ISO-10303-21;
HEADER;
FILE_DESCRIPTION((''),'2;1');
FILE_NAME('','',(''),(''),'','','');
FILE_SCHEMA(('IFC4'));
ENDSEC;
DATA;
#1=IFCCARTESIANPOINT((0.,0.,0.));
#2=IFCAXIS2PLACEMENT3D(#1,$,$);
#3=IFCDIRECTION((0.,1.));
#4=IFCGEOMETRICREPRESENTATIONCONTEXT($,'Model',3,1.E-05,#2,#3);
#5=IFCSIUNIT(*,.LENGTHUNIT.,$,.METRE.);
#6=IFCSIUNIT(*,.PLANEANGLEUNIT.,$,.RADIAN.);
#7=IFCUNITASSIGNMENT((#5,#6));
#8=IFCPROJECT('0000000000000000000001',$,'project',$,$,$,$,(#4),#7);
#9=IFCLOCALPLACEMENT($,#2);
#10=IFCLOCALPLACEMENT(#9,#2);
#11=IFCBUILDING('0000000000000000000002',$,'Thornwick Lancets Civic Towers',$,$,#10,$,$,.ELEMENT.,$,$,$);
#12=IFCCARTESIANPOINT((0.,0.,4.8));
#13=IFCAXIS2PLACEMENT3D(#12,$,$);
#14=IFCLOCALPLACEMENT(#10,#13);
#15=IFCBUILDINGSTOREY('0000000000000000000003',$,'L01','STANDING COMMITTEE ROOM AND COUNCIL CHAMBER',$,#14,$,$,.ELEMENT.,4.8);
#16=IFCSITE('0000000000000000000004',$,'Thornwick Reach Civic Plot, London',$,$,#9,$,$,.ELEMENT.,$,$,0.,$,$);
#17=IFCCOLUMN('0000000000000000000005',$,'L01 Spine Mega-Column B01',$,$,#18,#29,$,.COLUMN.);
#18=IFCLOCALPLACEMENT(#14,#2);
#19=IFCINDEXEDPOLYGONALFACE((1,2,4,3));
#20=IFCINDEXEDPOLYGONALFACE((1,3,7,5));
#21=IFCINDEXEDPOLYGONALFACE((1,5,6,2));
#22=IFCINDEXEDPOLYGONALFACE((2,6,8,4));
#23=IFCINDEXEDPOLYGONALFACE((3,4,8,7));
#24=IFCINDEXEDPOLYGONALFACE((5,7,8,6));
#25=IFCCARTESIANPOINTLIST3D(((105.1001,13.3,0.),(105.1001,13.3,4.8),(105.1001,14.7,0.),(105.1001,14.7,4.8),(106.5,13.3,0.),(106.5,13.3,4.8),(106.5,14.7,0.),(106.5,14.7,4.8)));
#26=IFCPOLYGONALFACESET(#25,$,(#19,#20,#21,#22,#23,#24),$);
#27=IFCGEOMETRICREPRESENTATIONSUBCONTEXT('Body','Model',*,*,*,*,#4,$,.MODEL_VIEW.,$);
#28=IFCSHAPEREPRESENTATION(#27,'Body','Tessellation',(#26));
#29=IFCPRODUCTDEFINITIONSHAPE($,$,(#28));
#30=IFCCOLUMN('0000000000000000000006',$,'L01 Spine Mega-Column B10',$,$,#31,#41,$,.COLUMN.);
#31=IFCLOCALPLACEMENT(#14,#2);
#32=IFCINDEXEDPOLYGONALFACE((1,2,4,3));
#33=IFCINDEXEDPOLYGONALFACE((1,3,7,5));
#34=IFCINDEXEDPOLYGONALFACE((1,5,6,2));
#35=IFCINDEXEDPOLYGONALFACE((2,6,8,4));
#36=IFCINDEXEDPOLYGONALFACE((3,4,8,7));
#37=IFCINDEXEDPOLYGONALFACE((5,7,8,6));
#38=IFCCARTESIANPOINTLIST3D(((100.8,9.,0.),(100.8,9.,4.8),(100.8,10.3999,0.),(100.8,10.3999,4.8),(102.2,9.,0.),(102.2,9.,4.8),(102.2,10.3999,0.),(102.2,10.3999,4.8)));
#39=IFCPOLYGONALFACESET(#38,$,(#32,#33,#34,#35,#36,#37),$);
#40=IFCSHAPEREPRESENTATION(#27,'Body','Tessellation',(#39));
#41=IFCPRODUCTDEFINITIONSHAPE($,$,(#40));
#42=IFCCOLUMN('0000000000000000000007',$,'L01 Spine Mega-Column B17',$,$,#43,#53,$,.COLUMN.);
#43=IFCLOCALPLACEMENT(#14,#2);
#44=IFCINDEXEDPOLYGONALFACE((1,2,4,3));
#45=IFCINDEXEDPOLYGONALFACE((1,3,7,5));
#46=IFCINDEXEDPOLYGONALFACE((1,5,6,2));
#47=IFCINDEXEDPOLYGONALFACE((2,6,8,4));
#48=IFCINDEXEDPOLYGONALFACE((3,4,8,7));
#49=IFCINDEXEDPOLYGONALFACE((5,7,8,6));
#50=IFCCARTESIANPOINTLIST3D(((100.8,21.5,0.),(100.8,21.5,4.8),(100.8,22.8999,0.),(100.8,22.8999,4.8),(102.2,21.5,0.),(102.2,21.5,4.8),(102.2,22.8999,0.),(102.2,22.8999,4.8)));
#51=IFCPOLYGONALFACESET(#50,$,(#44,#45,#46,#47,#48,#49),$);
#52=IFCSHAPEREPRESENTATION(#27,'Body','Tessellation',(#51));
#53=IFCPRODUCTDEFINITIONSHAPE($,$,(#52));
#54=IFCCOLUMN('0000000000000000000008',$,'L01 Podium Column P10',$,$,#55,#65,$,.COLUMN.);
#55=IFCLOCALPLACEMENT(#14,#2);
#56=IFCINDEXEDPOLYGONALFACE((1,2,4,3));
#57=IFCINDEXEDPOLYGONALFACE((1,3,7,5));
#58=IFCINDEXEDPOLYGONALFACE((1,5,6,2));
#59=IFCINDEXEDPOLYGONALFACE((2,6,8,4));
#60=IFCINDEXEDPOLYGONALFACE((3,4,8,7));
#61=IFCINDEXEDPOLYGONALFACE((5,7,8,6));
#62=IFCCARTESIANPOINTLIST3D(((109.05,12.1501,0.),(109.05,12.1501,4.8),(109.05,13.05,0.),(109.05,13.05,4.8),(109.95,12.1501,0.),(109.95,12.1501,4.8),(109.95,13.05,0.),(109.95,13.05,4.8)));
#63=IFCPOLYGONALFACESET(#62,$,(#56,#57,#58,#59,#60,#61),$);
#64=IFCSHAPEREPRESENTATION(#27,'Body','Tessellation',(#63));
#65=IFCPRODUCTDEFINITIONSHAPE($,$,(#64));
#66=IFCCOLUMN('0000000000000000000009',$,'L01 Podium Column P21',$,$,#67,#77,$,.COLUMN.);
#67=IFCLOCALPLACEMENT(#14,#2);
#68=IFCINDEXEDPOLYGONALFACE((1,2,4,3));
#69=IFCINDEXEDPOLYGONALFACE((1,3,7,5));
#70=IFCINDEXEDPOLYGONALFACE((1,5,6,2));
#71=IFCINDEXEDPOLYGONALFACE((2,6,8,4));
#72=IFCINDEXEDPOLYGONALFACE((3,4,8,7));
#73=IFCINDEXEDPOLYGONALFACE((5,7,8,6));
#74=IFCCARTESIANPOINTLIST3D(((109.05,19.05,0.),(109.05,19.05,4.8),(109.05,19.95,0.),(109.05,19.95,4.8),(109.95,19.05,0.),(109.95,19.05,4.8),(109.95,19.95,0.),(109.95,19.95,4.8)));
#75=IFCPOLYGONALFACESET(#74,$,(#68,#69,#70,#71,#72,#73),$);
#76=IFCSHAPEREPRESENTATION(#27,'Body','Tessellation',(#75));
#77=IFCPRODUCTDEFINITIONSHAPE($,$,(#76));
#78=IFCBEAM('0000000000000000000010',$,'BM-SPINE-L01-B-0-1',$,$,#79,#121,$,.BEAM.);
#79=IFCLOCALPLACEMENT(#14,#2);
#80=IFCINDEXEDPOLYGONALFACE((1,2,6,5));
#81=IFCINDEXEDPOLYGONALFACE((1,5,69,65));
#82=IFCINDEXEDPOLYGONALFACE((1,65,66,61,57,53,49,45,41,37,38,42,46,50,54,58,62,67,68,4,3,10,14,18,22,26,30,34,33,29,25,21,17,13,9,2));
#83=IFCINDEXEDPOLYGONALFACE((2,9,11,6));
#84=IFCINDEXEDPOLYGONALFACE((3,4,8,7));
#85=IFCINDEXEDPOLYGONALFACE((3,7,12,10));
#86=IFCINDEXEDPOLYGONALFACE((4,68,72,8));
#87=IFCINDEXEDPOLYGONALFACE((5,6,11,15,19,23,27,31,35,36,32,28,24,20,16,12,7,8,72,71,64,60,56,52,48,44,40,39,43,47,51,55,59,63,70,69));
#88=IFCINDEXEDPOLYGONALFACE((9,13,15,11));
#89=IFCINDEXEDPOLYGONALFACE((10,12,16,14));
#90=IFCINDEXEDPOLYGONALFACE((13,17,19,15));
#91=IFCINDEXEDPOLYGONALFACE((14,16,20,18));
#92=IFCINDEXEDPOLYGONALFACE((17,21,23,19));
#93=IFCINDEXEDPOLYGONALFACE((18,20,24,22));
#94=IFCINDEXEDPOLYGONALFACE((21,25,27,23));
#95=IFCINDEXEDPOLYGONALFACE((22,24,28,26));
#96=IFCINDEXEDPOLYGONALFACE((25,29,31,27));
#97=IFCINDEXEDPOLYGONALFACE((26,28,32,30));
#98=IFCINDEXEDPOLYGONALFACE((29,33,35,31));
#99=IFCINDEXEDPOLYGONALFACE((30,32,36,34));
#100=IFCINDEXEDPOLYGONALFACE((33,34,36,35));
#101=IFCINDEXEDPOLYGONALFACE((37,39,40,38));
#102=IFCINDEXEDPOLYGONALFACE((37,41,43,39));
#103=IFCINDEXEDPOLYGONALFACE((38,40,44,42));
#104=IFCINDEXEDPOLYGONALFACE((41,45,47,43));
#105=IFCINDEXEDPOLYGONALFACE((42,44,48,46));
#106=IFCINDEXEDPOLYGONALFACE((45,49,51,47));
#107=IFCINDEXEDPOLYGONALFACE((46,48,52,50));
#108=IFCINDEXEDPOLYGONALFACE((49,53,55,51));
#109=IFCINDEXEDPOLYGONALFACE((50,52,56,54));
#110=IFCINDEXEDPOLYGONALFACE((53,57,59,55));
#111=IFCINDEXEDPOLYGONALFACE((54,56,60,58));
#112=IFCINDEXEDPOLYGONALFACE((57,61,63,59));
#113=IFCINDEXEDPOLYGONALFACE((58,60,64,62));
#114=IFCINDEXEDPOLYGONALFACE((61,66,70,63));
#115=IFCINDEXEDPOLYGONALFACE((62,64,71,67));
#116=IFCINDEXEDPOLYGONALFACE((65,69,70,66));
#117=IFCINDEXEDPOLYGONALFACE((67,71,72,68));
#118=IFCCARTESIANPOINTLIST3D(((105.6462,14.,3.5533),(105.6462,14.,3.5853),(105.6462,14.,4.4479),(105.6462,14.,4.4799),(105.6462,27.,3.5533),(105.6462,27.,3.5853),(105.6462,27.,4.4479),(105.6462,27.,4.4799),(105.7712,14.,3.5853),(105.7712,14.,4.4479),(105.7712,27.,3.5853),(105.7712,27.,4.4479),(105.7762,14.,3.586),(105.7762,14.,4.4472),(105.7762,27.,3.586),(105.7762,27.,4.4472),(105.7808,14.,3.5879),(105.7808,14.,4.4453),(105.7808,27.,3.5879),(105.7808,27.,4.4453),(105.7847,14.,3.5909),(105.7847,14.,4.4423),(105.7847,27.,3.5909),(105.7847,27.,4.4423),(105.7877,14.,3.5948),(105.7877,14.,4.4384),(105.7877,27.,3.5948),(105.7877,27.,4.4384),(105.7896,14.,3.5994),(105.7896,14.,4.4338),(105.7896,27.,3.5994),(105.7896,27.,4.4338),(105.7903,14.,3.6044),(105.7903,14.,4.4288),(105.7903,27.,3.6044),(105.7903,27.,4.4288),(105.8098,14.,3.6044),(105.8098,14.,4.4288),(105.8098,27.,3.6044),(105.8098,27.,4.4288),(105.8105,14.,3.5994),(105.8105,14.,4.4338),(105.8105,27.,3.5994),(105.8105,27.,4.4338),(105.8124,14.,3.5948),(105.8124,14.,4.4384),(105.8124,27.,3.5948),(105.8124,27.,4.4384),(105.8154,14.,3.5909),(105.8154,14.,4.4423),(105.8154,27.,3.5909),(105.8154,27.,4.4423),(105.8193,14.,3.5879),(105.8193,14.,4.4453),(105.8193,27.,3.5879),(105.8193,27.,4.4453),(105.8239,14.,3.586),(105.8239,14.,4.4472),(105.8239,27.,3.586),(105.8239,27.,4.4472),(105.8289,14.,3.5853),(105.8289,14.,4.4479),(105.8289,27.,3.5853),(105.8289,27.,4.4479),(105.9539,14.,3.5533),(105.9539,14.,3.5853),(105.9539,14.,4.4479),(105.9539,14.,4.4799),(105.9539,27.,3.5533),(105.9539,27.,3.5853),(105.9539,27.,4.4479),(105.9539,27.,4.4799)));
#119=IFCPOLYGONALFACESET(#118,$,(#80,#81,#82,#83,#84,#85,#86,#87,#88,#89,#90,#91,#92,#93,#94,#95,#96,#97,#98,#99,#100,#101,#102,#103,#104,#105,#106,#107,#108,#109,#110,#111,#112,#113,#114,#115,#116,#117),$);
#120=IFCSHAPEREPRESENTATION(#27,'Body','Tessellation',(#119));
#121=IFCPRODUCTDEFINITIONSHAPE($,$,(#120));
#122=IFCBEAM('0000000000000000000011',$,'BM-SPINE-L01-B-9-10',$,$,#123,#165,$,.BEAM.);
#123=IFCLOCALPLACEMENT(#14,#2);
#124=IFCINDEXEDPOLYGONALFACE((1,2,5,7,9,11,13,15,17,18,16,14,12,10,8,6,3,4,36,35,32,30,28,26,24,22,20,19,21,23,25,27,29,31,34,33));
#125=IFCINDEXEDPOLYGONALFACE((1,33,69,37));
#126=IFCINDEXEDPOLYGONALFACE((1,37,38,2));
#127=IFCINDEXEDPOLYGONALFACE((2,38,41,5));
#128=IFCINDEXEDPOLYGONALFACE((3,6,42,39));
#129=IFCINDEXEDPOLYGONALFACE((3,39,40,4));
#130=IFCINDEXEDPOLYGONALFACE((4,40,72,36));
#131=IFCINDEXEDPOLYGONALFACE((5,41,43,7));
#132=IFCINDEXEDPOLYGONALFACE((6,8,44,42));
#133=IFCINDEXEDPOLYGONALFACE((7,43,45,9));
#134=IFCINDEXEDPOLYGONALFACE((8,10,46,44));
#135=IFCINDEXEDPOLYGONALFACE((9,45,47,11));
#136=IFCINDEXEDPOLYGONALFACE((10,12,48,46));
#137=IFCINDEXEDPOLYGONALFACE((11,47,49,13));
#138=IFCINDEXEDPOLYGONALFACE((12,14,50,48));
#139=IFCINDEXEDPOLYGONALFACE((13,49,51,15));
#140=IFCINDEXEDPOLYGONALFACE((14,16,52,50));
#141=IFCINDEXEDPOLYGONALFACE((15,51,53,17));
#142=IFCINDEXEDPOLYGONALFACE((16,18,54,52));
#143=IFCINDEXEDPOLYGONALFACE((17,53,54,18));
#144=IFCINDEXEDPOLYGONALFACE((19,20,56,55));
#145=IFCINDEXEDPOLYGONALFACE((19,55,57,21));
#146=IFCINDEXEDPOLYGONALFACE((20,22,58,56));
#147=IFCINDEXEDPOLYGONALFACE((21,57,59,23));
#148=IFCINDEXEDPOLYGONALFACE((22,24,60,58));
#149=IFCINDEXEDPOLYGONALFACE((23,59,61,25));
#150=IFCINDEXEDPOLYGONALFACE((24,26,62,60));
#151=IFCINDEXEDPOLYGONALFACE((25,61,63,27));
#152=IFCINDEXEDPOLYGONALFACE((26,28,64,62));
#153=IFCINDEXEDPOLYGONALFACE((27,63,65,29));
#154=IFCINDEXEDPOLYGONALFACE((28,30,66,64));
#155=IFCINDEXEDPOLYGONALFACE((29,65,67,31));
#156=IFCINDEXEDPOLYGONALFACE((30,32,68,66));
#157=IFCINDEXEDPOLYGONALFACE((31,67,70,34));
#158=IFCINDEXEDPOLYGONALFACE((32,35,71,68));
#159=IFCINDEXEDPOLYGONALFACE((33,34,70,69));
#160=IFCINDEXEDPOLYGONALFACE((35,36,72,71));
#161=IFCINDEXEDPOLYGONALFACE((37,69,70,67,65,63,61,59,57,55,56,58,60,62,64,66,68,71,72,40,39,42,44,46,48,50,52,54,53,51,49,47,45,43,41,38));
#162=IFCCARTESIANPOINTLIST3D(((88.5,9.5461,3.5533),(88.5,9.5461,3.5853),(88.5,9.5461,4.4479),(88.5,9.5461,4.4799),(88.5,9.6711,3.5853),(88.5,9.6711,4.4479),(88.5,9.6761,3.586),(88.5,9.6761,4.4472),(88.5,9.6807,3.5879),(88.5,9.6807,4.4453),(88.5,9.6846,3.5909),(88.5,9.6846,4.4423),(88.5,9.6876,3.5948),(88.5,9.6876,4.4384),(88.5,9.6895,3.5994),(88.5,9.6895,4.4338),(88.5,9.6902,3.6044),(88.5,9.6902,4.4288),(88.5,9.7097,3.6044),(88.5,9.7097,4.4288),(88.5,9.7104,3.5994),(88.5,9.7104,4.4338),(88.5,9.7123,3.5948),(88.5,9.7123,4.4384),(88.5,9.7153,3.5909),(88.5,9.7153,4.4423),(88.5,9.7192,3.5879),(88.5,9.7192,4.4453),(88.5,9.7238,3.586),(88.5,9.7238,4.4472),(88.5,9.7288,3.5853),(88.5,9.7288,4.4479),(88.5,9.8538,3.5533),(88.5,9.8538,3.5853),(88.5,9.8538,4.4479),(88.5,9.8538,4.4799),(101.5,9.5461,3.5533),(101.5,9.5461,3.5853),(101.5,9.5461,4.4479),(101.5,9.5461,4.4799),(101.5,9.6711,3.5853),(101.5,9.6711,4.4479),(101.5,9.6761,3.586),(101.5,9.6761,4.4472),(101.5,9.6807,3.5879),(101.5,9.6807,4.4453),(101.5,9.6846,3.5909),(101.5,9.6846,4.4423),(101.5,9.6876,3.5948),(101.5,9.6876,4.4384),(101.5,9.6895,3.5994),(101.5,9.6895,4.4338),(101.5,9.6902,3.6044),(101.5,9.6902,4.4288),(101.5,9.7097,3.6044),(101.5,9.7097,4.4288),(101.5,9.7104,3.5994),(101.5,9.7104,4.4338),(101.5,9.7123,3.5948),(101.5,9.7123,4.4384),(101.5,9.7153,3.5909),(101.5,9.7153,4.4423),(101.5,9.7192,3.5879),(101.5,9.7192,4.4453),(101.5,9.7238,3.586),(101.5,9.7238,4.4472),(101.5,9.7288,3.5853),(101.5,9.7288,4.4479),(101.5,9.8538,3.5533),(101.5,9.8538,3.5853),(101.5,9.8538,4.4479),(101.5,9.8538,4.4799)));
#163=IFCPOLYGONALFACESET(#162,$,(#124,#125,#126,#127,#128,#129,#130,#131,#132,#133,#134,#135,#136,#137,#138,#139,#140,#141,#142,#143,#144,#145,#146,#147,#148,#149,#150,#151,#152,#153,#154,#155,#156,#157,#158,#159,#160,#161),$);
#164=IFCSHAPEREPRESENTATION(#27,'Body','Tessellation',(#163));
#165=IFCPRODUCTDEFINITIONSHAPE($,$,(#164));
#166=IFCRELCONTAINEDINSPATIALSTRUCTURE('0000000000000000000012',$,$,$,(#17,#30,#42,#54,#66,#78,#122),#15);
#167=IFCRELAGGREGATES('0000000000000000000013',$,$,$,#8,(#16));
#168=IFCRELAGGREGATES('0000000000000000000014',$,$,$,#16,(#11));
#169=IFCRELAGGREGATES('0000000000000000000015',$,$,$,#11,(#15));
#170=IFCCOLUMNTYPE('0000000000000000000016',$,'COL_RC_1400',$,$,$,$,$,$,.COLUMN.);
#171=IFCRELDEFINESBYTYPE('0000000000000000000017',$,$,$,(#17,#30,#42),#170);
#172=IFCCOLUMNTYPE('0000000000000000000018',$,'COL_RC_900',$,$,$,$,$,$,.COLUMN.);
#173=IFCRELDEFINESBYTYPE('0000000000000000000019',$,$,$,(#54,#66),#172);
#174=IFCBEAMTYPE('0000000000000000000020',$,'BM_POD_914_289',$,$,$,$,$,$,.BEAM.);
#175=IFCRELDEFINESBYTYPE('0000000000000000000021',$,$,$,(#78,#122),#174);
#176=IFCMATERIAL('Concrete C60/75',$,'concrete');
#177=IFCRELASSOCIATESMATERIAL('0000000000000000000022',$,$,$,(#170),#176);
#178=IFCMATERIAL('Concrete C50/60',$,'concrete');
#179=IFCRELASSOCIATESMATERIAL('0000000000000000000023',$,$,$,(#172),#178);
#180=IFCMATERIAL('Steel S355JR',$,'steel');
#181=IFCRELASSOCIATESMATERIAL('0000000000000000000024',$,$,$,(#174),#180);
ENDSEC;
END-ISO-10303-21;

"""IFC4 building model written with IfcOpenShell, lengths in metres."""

from ifc_helpers import new_model, si_unit, direction, frame, origin, origin_2d, place, context, subcontext, project, spatial, rectangle, i_section, extrude, material, material_profile, profile_set, type_object, element, save


model = new_model("IFC4")

# Units and contexts
model_context = context("Model", 3, precision=1e-05, world=origin(), true_north=direction((0.0, 1.0)))
body_context = subcontext(model_context, "Body", "Model", "MODEL_VIEW")
ifc_project = project(units=[si_unit("LENGTHUNIT", "METRE"), si_unit("PLANEANGLEUNIT", "RADIAN")], contexts=[model_context])

# Site, building, storey
site_placement = place(None, origin())
site = spatial("IfcSite", under=ifc_project, at=site_placement, Name="Thornwick Reach Civic Plot, London", CompositionType="ELEMENT", RefElevation=0.0)
building_placement = place(site_placement, origin())
building = spatial("IfcBuilding", under=site, at=building_placement, Name="Thornwick Lancets Civic Towers", CompositionType="ELEMENT")
storey_placement = place(building_placement, frame((0.0, 0.0, 4.8)))
storey = spatial("IfcBuildingStorey", under=building, at=storey_placement, Name="L01", Description="STANDING COMMITTEE ROOM AND COUNCIL CHAMBER", CompositionType="ELEMENT", Elevation=4.8)

# Columns
ifc_material_1 = material(Name="Concrete C60/75", Category="concrete")
ifc_material_profile_1 = material_profile(ifc_material_1, rectangle(XDim=1.3999, YDim=1.3999, at=origin_2d()), Name="RC 1400x1400")
ifc_profile_set_1 = profile_set([ifc_material_profile_1], Name="Concrete C60/75")
column_type_1 = type_object("IfcColumnType", Name="COL_RC_1400", PredefinedType="COLUMN", material=ifc_profile_set_1)
for number, where, z_axis, x_axis, name in (
    (1, (105.8, 14.0, 0.0), (0.0, 0.0, 1.0), (1.0, 0.0, 0.0), "L01 Spine Mega-Column B01"),
    (2, (101.5, 9.7, 0.0), (0.0, 0.0, 1.0), (1.0, 0.0, 0.0), "L01 Spine Mega-Column B10"),
    (3, (101.5, 22.2, 0.0), (0.0, 0.0, 1.0), (1.0, 0.0, 0.0), "L01 Spine Mega-Column B17"),
):
    element("IfcColumn", number, at=place(storey_placement, frame(where, z_axis=z_axis, x_axis=x_axis)), inside=storey, type_object=column_type_1, Name=name, PredefinedType="COLUMN", context=body_context, shape_type="SweptSolid", body=[
        extrude(rectangle(XDim=1.3999, YDim=1.3999, at=origin_2d()), origin(), (0.0, 0.0, 1.0), 4.8),
    ])
ifc_material_2 = material(Name="Concrete C50/60", Category="concrete")
ifc_material_profile_2 = material_profile(ifc_material_2, rectangle(XDim=0.8999, YDim=0.8999, at=origin_2d()), Name="RC 900x900")
ifc_profile_set_2 = profile_set([ifc_material_profile_2], Name="Concrete C50/60")
column_type_2 = type_object("IfcColumnType", Name="COL_RC_900", PredefinedType="COLUMN", material=ifc_profile_set_2)
for number, where, z_axis, x_axis, name in (
    (4, (109.5, 12.6001, 0.0), (0.0, 0.0, 1.0), (1.0, 0.0, 0.0), "L01 Podium Column P10"),
    (5, (109.5, 19.5, 0.0), (0.0, 0.0, 1.0), (1.0, 0.0, 0.0), "L01 Podium Column P21"),
):
    element("IfcColumn", number, at=place(storey_placement, frame(where, z_axis=z_axis, x_axis=x_axis)), inside=storey, type_object=column_type_2, Name=name, PredefinedType="COLUMN", context=body_context, shape_type="SweptSolid", body=[
        extrude(rectangle(XDim=0.8999, YDim=0.8999, at=origin_2d()), origin(), (0.0, 0.0, 1.0), 4.8),
    ])

# Beams
ifc_material_3 = material(Name="Steel S355JR", Category="steel")
ifc_material_profile_3 = material_profile(ifc_material_3, i_section(OverallWidth=0.3076, OverallDepth=0.9265, WebThickness=0.0195, FlangeThickness=0.032, FilletRadius=0.019, at=origin_2d()), Name="UKB 914x305x289")
ifc_profile_set_3 = profile_set([ifc_material_profile_3], Name="Steel S355JR")
beam_type_1 = type_object("IfcBeamType", Name="BM_POD_914_289", PredefinedType="BEAM", material=ifc_profile_set_3)
for number, where, z_axis, x_axis, name in (
    (6, (105.8, 14.0, 4.0166), (0.0, 1.0, 0.0), (-1.0, 0.0, 0.0), "BM-SPINE-L01-B-0-1"),
    (7, (101.5, 9.7, 4.0166), (-1.0, 0.0, 0.0), (0.0, -1.0, 0.0), "BM-SPINE-L01-B-9-10"),
):
    element("IfcBeam", number, at=place(storey_placement, frame(where, z_axis=z_axis, x_axis=x_axis)), inside=storey, type_object=beam_type_1, Name=name, PredefinedType="BEAM", context=body_context, shape_type="SweptSolid", body=[
        extrude(i_section(OverallWidth=0.3076, OverallDepth=0.9265, WebThickness=0.0195, FlangeThickness=0.032, FilletRadius=0.019, at=origin_2d()), origin(), (0.0, 0.0, 1.0), 13.0),
    ])

save(model, "model.ifc")
